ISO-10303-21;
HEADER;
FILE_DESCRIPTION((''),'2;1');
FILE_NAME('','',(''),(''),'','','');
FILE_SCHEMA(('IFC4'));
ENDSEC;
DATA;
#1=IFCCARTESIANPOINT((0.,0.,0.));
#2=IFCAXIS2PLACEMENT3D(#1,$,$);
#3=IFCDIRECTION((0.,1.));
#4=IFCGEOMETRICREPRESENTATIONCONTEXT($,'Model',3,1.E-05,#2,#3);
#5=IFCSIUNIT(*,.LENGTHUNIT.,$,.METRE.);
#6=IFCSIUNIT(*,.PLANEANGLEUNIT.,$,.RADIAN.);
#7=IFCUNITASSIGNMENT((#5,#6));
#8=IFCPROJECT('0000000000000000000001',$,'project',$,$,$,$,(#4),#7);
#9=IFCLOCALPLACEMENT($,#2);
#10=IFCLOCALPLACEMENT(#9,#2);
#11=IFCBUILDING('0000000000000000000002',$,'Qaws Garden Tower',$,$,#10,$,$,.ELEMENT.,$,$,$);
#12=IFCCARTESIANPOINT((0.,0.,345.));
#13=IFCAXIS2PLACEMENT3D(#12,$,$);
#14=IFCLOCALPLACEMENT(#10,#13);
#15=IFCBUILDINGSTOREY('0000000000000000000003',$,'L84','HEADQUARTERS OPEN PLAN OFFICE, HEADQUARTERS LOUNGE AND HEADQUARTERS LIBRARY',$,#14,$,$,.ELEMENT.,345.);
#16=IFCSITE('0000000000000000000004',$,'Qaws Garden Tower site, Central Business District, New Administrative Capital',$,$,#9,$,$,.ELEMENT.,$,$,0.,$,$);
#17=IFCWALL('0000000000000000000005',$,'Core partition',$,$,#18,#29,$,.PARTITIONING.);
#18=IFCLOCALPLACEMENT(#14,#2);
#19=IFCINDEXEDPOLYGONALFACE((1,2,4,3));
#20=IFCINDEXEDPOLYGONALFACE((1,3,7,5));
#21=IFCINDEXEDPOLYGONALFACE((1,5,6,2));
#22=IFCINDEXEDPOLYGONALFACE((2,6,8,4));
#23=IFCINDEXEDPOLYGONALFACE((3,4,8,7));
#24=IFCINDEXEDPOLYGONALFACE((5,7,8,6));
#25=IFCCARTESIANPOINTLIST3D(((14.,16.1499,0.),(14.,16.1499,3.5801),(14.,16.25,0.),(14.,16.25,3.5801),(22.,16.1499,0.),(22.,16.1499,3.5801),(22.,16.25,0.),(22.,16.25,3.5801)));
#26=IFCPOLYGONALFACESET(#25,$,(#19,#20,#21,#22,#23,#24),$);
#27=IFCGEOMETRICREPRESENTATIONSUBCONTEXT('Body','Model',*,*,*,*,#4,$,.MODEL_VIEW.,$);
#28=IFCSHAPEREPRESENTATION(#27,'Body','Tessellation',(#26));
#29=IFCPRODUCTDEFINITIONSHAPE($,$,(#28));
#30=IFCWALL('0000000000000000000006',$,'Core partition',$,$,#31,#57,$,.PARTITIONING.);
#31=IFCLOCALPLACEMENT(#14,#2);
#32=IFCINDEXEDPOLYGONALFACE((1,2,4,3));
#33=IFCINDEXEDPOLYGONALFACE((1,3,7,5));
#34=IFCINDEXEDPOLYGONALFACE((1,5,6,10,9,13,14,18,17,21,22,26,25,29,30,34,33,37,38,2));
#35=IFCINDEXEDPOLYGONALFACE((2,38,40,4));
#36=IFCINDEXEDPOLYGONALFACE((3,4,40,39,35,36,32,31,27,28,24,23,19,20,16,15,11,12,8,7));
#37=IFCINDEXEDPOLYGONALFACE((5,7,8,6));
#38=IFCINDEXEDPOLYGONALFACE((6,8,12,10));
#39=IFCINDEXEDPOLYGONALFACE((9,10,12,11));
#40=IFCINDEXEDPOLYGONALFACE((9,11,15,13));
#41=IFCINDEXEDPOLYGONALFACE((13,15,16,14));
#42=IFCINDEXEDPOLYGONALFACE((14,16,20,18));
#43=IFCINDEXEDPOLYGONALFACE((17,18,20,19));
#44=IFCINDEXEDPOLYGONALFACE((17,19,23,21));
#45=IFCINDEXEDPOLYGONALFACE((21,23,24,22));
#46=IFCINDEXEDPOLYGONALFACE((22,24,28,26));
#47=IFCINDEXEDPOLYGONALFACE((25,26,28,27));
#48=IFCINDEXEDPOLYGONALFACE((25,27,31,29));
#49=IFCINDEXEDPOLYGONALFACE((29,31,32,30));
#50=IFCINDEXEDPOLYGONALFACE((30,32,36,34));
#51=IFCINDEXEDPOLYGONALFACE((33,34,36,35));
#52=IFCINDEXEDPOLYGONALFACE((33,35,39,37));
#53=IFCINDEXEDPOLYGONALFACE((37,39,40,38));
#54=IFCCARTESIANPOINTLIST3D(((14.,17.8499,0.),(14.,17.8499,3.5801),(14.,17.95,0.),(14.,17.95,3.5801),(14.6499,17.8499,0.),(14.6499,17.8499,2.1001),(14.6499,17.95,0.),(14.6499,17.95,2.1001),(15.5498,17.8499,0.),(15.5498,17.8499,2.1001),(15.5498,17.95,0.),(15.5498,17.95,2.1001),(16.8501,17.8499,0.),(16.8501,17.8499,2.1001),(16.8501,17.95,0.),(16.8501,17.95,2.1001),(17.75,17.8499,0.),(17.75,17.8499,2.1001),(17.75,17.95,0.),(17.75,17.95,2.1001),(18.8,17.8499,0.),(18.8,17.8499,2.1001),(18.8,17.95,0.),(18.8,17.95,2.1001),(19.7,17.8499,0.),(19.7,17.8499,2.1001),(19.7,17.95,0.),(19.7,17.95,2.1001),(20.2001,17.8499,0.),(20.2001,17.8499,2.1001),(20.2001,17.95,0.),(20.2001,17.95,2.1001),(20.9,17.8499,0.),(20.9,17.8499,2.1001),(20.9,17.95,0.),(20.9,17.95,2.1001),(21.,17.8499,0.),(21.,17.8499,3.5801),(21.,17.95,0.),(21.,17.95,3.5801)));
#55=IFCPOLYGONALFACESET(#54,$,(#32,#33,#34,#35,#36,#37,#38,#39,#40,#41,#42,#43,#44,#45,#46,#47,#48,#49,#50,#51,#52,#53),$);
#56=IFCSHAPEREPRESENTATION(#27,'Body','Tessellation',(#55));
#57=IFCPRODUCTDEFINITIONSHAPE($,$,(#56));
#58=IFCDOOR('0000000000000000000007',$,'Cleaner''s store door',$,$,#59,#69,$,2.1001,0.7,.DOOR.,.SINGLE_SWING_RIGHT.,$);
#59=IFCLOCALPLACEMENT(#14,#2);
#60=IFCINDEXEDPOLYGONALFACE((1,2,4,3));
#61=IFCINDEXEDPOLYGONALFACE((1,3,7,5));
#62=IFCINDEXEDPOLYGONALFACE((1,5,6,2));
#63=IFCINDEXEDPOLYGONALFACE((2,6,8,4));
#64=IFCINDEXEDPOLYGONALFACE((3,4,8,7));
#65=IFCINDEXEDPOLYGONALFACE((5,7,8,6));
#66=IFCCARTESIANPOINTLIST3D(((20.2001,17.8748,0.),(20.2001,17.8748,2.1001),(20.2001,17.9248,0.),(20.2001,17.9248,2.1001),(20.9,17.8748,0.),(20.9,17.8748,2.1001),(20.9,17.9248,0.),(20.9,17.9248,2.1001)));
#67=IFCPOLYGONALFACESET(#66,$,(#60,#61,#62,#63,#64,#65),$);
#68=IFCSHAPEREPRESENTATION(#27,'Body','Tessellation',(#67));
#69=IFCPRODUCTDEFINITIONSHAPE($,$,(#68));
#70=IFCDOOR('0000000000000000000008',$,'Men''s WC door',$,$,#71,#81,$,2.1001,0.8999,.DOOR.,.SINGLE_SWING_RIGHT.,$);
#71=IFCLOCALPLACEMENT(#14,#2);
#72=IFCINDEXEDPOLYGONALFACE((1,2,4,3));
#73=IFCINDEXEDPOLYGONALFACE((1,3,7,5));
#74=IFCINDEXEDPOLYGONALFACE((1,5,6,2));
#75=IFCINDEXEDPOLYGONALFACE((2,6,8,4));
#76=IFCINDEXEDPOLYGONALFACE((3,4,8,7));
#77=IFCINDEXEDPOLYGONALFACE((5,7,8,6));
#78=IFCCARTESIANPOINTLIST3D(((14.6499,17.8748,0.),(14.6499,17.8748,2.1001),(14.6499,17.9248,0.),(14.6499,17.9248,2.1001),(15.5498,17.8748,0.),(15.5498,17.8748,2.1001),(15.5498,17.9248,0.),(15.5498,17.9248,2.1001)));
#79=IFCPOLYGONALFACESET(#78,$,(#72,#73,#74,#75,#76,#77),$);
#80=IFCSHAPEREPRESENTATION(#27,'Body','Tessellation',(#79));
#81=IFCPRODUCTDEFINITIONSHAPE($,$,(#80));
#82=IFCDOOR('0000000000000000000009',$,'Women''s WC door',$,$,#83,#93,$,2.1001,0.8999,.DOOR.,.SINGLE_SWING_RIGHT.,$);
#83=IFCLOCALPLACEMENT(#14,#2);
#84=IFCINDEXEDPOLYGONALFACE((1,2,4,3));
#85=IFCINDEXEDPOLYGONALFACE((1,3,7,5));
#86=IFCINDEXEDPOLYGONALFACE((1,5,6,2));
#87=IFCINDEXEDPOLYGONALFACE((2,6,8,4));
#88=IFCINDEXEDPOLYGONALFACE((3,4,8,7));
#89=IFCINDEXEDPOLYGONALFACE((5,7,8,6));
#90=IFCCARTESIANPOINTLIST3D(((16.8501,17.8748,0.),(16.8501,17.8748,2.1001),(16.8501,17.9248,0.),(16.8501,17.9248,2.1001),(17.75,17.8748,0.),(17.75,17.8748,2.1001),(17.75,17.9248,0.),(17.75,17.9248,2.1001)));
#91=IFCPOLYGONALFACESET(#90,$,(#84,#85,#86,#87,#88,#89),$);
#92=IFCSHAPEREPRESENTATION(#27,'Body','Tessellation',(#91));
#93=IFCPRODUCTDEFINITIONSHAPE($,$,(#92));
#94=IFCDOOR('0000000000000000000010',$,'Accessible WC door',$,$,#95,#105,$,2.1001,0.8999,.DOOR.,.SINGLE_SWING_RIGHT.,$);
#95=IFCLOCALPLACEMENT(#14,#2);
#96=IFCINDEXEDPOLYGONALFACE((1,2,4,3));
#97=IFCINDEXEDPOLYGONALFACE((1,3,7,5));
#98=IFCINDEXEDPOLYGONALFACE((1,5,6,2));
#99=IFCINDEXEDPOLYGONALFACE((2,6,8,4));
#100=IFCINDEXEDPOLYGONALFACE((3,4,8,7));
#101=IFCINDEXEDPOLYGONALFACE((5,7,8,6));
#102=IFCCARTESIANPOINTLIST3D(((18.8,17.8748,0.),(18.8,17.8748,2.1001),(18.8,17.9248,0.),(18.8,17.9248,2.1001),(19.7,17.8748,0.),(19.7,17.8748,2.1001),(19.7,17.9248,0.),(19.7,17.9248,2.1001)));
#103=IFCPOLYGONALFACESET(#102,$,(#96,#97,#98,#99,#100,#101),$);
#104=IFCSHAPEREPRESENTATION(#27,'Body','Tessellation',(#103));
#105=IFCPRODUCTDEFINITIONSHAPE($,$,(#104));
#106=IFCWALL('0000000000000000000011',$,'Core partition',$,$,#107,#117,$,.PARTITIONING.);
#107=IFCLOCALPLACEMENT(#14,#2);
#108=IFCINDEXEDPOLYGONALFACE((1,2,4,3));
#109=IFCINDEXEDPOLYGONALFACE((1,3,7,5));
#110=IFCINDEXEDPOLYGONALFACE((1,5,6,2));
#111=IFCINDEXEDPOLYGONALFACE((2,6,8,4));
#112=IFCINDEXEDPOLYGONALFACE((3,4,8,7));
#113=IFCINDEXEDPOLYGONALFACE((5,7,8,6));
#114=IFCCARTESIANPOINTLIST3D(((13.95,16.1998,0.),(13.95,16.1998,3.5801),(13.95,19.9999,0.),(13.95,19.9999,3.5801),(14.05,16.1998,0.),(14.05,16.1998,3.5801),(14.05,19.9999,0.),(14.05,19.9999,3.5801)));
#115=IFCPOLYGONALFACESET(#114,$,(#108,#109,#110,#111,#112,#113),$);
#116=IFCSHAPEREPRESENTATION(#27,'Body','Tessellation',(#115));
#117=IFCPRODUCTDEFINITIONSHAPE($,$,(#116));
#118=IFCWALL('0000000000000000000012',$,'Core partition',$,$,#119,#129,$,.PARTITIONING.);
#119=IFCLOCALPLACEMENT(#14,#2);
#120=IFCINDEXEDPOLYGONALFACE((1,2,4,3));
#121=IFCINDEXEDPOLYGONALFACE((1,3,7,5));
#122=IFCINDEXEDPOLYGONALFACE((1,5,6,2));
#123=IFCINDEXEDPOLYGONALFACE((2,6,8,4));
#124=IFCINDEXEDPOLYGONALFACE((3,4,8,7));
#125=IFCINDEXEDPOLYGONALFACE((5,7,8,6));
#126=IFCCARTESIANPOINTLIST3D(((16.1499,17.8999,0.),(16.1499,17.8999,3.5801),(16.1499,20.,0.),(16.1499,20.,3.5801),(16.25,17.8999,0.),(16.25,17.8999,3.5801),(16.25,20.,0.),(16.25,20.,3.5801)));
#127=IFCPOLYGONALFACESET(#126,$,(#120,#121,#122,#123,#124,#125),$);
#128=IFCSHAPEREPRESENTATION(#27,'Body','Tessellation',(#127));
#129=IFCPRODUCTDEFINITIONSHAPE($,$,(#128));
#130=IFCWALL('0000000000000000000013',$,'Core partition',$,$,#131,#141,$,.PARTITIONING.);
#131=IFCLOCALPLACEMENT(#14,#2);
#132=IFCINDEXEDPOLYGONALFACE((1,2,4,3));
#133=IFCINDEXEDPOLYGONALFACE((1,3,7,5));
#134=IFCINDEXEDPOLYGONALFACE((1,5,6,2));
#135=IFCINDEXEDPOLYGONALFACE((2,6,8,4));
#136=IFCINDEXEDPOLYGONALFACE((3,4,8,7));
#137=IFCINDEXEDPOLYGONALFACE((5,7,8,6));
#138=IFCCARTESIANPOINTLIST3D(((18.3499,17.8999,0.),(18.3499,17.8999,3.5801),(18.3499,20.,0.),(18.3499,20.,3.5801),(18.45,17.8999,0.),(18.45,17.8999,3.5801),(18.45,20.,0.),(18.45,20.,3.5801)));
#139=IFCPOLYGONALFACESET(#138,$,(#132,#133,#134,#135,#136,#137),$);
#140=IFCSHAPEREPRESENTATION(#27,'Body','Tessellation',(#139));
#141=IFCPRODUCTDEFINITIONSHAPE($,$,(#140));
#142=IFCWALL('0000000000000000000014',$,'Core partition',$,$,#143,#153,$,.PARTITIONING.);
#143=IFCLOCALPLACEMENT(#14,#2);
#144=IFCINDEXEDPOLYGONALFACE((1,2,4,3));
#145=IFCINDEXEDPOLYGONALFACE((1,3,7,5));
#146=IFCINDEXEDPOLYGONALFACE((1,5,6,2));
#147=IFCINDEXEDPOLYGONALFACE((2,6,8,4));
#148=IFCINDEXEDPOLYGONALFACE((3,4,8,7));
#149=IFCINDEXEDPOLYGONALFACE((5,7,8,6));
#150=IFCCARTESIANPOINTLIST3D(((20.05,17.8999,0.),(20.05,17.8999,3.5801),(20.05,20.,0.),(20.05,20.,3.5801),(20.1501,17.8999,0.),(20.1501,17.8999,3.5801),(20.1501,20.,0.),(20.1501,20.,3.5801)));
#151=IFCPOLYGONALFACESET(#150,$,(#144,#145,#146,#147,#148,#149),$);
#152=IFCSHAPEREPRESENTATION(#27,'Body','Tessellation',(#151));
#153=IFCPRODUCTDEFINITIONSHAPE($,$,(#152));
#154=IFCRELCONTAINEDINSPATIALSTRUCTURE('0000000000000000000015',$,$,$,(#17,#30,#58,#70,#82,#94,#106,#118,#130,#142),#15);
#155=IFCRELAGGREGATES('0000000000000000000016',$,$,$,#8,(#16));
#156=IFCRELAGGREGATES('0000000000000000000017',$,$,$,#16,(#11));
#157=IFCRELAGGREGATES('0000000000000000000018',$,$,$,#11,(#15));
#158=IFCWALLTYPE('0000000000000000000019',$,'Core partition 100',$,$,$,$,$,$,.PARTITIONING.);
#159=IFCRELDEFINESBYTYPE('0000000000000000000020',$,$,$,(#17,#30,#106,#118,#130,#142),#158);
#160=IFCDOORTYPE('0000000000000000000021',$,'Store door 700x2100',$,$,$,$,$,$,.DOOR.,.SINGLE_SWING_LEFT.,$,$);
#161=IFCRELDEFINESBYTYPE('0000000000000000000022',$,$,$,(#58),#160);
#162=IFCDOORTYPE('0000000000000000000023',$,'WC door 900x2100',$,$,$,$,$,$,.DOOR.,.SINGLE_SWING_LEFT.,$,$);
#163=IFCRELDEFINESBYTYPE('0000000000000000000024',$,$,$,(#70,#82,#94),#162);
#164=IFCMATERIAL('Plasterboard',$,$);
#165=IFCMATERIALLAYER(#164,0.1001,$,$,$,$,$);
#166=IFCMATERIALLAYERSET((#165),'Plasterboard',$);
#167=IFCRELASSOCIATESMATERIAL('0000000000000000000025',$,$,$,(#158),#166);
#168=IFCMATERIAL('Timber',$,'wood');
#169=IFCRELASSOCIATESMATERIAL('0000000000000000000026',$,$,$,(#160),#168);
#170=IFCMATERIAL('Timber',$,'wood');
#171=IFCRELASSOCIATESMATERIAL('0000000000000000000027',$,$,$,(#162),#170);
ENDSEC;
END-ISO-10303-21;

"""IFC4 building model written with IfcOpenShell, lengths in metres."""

from ifc_helpers import new_model, si_unit, direction, frame, frame_2d, origin, place, context, subcontext, project, spatial, rectangle, extrude, material, layer, layer_set, type_object, element, fill, save


model = new_model("IFC4")

# Units and contexts
model_context = context("Model", 3, precision=1e-05, world=origin(), true_north=direction((0.0, 1.0)))
body_context = subcontext(model_context, "Body", "Model", "MODEL_VIEW")
ifc_project = project(units=[si_unit("LENGTHUNIT", "METRE"), si_unit("PLANEANGLEUNIT", "RADIAN")], contexts=[model_context])

# Site, building, storey
site_placement = place(None, origin())
site = spatial("IfcSite", under=ifc_project, at=site_placement, Name="Qaws Garden Tower site, Central Business District, New Administrative Capital", CompositionType="ELEMENT", RefElevation=0.0)
building_placement = place(site_placement, origin())
building = spatial("IfcBuilding", under=site, at=building_placement, Name="Qaws Garden Tower", CompositionType="ELEMENT")
storey_placement = place(building_placement, frame((0.0, 0.0, 345.0)))
storey = spatial("IfcBuildingStorey", under=building, at=storey_placement, Name="L84", Description="HEADQUARTERS OPEN PLAN OFFICE, HEADQUARTERS LOUNGE AND HEADQUARTERS LIBRARY", CompositionType="ELEMENT", Elevation=345.0)

# Wall
ifc_material_1 = material(Name="Plasterboard")
ifc_layer_1 = layer(ifc_material_1, 0.1001)
ifc_layer_set_1 = layer_set([ifc_layer_1], Name="Plasterboard")
wall_type_1 = type_object("IfcWallType", Name="Core partition 100", PredefinedType="PARTITIONING", material=ifc_layer_set_1)
wall_1_placement = place(storey_placement, frame((14.0, 16.2, 0.0), z_axis=(0.0, 0.0, 1.0), x_axis=(1.0, 0.0, 0.0)))
element("IfcWall", 1, at=wall_1_placement, inside=storey, type_object=wall_type_1, Name="Core partition", PredefinedType="PARTITIONING", context=body_context, shape_type="SweptSolid", body=[
    extrude(rectangle(XDim=8.0, YDim=0.1001, at=frame_2d((4.0, 0.0))), origin(), (0.0, 0.0, 1.0), 3.5801),
])

# Wall, openings, doors
wall_2_placement = place(storey_placement, frame((14.0, 17.8999, 0.0), z_axis=(0.0, 0.0, 1.0), x_axis=(1.0, 0.0, 0.0)))
wall_2 = element("IfcWall", 2, at=wall_2_placement, inside=storey, type_object=wall_type_1, Name="Core partition", PredefinedType="PARTITIONING", context=body_context, shape_type="SweptSolid", body=[
    extrude(rectangle(XDim=7.0, YDim=0.1001, at=frame_2d((3.5, 0.0))), origin(), (0.0, 0.0, 1.0), 3.5801),
])
opening_1_placement = place(wall_2_placement, frame((0.6499, 0.0, 0.0)))
opening_1 = element("IfcOpeningElement", 3, at=opening_1_placement, cuts=wall_2, PredefinedType="OPENING", context=body_context, shape_type="SweptSolid", body=[
    extrude(rectangle(XDim=0.8999, YDim=2.1001, at=frame_2d((0.45, 1.05))), frame((0.0, 0.0601, 0.0), z_axis=(0.0, -1.0, 0.0), x_axis=(1.0, 0.0, 0.0)), (0.0, 0.0, 1.0), 0.1201),
])
opening_2_placement = place(wall_2_placement, frame((2.8501, 0.0, 0.0)))
opening_2 = element("IfcOpeningElement", 4, at=opening_2_placement, cuts=wall_2, PredefinedType="OPENING", context=body_context, shape_type="SweptSolid", body=[
    extrude(rectangle(XDim=0.8999, YDim=2.1001, at=frame_2d((0.45, 1.05))), frame((0.0, 0.0601, 0.0), z_axis=(0.0, -1.0, 0.0), x_axis=(1.0, 0.0, 0.0)), (0.0, 0.0, 1.0), 0.1201),
])
opening_3_placement = place(wall_2_placement, frame((4.8, 0.0, 0.0)))
opening_3 = element("IfcOpeningElement", 5, at=opening_3_placement, cuts=wall_2, PredefinedType="OPENING", context=body_context, shape_type="SweptSolid", body=[
    extrude(rectangle(XDim=0.8999, YDim=2.1001, at=frame_2d((0.45, 1.05))), frame((0.0, 0.0601, 0.0), z_axis=(0.0, -1.0, 0.0), x_axis=(1.0, 0.0, 0.0)), (0.0, 0.0, 1.0), 0.1201),
])
opening_4_placement = place(wall_2_placement, frame((6.2, 0.0, 0.0)))
opening_4 = element("IfcOpeningElement", 6, at=opening_4_placement, cuts=wall_2, PredefinedType="OPENING", context=body_context, shape_type="SweptSolid", body=[
    extrude(rectangle(XDim=0.7, YDim=2.1001, at=frame_2d((0.3501, 1.05))), frame((0.0, 0.0601, 0.0), z_axis=(0.0, -1.0, 0.0), x_axis=(1.0, 0.0, 0.0)), (0.0, 0.0, 1.0), 0.1201),
])
ifc_material_2 = material(Name="Timber", Category="wood")
door_type_1 = type_object("IfcDoorType", Name="Store door 700x2100", OperationType="SINGLE_SWING_LEFT", PredefinedType="DOOR", material=ifc_material_2)
door_1_placement = place(opening_4_placement, origin())
door_1 = element("IfcDoor", 7, at=door_1_placement, inside=storey, type_object=door_type_1, Name="Cleaner's store door", OperationType="SINGLE_SWING_RIGHT", OverallHeight=2.1001, OverallWidth=0.7, PredefinedType="DOOR", context=body_context, shape_type="SweptSolid", body=[
    extrude(rectangle(XDim=0.7, YDim=2.1001, at=frame_2d((0.3501, 1.05))), frame((0.0, 0.0249, 0.0), z_axis=(0.0, -1.0, 0.0), x_axis=(1.0, 0.0, 0.0)), (0.0, 0.0, 1.0), 0.05),
])
fill(opening_4, door_1)
ifc_material_3 = material(Name="Timber", Category="wood")
door_type_2 = type_object("IfcDoorType", Name="WC door 900x2100", OperationType="SINGLE_SWING_LEFT", PredefinedType="DOOR", material=ifc_material_3)
door_2_placement = place(opening_1_placement, origin())
door_2 = element("IfcDoor", 8, at=door_2_placement, inside=storey, type_object=door_type_2, Name="Men's WC door", OperationType="SINGLE_SWING_RIGHT", OverallHeight=2.1001, OverallWidth=0.8999, PredefinedType="DOOR", context=body_context, shape_type="SweptSolid", body=[
    extrude(rectangle(XDim=0.8999, YDim=2.1001, at=frame_2d((0.45, 1.05))), frame((0.0, 0.0249, 0.0), z_axis=(0.0, -1.0, 0.0), x_axis=(1.0, 0.0, 0.0)), (0.0, 0.0, 1.0), 0.05),
])
fill(opening_1, door_2)
door_3_placement = place(opening_2_placement, origin())
door_3 = element("IfcDoor", 9, at=door_3_placement, inside=storey, type_object=door_type_2, Name="Women's WC door", OperationType="SINGLE_SWING_RIGHT", OverallHeight=2.1001, OverallWidth=0.8999, PredefinedType="DOOR", context=body_context, shape_type="SweptSolid", body=[
    extrude(rectangle(XDim=0.8999, YDim=2.1001, at=frame_2d((0.45, 1.05))), frame((0.0, 0.0249, 0.0), z_axis=(0.0, -1.0, 0.0), x_axis=(1.0, 0.0, 0.0)), (0.0, 0.0, 1.0), 0.05),
])
fill(opening_2, door_3)
door_4_placement = place(opening_3_placement, origin())
door_4 = element("IfcDoor", 10, at=door_4_placement, inside=storey, type_object=door_type_2, Name="Accessible WC door", OperationType="SINGLE_SWING_RIGHT", OverallHeight=2.1001, OverallWidth=0.8999, PredefinedType="DOOR", context=body_context, shape_type="SweptSolid", body=[
    extrude(rectangle(XDim=0.8999, YDim=2.1001, at=frame_2d((0.45, 1.05))), frame((0.0, 0.0249, 0.0), z_axis=(0.0, -1.0, 0.0), x_axis=(1.0, 0.0, 0.0)), (0.0, 0.0, 1.0), 0.05),
])
fill(opening_3, door_4)

# Walls
wall_3_placement = place(storey_placement, frame((14.0, 16.2, 0.0), z_axis=(0.0, 0.0, 1.0), x_axis=(0.0, 1.0, 0.0)))
element("IfcWall", 11, at=wall_3_placement, inside=storey, type_object=wall_type_1, Name="Core partition", PredefinedType="PARTITIONING", context=body_context, shape_type="SweptSolid", body=[
    extrude(rectangle(XDim=3.8, YDim=0.1001, at=frame_2d((1.8999, 0.0))), origin(), (0.0, 0.0, 1.0), 3.5801),
])
for number, where, z_axis, x_axis, name in (
    (12, (16.2, 17.8999, 0.0), (0.0, 0.0, 1.0), (0.0, 1.0, 0.0), "Core partition"),
    (13, (18.3999, 17.8999, 0.0), (0.0, 0.0, 1.0), (0.0, 1.0, 0.0), "Core partition"),
    (14, (20.1001, 17.8999, 0.0), (0.0, 0.0, 1.0), (0.0, 1.0, 0.0), "Core partition"),
):
    element("IfcWall", number, at=place(storey_placement, frame(where, z_axis=z_axis, x_axis=x_axis)), inside=storey, type_object=wall_type_1, Name=name, PredefinedType="PARTITIONING", context=body_context, shape_type="SweptSolid", body=[
        extrude(rectangle(XDim=2.1001, YDim=0.1001, at=frame_2d((1.05, 0.0))), origin(), (0.0, 0.0, 1.0), 3.5801),
    ])

save(model, "model.ifc")
